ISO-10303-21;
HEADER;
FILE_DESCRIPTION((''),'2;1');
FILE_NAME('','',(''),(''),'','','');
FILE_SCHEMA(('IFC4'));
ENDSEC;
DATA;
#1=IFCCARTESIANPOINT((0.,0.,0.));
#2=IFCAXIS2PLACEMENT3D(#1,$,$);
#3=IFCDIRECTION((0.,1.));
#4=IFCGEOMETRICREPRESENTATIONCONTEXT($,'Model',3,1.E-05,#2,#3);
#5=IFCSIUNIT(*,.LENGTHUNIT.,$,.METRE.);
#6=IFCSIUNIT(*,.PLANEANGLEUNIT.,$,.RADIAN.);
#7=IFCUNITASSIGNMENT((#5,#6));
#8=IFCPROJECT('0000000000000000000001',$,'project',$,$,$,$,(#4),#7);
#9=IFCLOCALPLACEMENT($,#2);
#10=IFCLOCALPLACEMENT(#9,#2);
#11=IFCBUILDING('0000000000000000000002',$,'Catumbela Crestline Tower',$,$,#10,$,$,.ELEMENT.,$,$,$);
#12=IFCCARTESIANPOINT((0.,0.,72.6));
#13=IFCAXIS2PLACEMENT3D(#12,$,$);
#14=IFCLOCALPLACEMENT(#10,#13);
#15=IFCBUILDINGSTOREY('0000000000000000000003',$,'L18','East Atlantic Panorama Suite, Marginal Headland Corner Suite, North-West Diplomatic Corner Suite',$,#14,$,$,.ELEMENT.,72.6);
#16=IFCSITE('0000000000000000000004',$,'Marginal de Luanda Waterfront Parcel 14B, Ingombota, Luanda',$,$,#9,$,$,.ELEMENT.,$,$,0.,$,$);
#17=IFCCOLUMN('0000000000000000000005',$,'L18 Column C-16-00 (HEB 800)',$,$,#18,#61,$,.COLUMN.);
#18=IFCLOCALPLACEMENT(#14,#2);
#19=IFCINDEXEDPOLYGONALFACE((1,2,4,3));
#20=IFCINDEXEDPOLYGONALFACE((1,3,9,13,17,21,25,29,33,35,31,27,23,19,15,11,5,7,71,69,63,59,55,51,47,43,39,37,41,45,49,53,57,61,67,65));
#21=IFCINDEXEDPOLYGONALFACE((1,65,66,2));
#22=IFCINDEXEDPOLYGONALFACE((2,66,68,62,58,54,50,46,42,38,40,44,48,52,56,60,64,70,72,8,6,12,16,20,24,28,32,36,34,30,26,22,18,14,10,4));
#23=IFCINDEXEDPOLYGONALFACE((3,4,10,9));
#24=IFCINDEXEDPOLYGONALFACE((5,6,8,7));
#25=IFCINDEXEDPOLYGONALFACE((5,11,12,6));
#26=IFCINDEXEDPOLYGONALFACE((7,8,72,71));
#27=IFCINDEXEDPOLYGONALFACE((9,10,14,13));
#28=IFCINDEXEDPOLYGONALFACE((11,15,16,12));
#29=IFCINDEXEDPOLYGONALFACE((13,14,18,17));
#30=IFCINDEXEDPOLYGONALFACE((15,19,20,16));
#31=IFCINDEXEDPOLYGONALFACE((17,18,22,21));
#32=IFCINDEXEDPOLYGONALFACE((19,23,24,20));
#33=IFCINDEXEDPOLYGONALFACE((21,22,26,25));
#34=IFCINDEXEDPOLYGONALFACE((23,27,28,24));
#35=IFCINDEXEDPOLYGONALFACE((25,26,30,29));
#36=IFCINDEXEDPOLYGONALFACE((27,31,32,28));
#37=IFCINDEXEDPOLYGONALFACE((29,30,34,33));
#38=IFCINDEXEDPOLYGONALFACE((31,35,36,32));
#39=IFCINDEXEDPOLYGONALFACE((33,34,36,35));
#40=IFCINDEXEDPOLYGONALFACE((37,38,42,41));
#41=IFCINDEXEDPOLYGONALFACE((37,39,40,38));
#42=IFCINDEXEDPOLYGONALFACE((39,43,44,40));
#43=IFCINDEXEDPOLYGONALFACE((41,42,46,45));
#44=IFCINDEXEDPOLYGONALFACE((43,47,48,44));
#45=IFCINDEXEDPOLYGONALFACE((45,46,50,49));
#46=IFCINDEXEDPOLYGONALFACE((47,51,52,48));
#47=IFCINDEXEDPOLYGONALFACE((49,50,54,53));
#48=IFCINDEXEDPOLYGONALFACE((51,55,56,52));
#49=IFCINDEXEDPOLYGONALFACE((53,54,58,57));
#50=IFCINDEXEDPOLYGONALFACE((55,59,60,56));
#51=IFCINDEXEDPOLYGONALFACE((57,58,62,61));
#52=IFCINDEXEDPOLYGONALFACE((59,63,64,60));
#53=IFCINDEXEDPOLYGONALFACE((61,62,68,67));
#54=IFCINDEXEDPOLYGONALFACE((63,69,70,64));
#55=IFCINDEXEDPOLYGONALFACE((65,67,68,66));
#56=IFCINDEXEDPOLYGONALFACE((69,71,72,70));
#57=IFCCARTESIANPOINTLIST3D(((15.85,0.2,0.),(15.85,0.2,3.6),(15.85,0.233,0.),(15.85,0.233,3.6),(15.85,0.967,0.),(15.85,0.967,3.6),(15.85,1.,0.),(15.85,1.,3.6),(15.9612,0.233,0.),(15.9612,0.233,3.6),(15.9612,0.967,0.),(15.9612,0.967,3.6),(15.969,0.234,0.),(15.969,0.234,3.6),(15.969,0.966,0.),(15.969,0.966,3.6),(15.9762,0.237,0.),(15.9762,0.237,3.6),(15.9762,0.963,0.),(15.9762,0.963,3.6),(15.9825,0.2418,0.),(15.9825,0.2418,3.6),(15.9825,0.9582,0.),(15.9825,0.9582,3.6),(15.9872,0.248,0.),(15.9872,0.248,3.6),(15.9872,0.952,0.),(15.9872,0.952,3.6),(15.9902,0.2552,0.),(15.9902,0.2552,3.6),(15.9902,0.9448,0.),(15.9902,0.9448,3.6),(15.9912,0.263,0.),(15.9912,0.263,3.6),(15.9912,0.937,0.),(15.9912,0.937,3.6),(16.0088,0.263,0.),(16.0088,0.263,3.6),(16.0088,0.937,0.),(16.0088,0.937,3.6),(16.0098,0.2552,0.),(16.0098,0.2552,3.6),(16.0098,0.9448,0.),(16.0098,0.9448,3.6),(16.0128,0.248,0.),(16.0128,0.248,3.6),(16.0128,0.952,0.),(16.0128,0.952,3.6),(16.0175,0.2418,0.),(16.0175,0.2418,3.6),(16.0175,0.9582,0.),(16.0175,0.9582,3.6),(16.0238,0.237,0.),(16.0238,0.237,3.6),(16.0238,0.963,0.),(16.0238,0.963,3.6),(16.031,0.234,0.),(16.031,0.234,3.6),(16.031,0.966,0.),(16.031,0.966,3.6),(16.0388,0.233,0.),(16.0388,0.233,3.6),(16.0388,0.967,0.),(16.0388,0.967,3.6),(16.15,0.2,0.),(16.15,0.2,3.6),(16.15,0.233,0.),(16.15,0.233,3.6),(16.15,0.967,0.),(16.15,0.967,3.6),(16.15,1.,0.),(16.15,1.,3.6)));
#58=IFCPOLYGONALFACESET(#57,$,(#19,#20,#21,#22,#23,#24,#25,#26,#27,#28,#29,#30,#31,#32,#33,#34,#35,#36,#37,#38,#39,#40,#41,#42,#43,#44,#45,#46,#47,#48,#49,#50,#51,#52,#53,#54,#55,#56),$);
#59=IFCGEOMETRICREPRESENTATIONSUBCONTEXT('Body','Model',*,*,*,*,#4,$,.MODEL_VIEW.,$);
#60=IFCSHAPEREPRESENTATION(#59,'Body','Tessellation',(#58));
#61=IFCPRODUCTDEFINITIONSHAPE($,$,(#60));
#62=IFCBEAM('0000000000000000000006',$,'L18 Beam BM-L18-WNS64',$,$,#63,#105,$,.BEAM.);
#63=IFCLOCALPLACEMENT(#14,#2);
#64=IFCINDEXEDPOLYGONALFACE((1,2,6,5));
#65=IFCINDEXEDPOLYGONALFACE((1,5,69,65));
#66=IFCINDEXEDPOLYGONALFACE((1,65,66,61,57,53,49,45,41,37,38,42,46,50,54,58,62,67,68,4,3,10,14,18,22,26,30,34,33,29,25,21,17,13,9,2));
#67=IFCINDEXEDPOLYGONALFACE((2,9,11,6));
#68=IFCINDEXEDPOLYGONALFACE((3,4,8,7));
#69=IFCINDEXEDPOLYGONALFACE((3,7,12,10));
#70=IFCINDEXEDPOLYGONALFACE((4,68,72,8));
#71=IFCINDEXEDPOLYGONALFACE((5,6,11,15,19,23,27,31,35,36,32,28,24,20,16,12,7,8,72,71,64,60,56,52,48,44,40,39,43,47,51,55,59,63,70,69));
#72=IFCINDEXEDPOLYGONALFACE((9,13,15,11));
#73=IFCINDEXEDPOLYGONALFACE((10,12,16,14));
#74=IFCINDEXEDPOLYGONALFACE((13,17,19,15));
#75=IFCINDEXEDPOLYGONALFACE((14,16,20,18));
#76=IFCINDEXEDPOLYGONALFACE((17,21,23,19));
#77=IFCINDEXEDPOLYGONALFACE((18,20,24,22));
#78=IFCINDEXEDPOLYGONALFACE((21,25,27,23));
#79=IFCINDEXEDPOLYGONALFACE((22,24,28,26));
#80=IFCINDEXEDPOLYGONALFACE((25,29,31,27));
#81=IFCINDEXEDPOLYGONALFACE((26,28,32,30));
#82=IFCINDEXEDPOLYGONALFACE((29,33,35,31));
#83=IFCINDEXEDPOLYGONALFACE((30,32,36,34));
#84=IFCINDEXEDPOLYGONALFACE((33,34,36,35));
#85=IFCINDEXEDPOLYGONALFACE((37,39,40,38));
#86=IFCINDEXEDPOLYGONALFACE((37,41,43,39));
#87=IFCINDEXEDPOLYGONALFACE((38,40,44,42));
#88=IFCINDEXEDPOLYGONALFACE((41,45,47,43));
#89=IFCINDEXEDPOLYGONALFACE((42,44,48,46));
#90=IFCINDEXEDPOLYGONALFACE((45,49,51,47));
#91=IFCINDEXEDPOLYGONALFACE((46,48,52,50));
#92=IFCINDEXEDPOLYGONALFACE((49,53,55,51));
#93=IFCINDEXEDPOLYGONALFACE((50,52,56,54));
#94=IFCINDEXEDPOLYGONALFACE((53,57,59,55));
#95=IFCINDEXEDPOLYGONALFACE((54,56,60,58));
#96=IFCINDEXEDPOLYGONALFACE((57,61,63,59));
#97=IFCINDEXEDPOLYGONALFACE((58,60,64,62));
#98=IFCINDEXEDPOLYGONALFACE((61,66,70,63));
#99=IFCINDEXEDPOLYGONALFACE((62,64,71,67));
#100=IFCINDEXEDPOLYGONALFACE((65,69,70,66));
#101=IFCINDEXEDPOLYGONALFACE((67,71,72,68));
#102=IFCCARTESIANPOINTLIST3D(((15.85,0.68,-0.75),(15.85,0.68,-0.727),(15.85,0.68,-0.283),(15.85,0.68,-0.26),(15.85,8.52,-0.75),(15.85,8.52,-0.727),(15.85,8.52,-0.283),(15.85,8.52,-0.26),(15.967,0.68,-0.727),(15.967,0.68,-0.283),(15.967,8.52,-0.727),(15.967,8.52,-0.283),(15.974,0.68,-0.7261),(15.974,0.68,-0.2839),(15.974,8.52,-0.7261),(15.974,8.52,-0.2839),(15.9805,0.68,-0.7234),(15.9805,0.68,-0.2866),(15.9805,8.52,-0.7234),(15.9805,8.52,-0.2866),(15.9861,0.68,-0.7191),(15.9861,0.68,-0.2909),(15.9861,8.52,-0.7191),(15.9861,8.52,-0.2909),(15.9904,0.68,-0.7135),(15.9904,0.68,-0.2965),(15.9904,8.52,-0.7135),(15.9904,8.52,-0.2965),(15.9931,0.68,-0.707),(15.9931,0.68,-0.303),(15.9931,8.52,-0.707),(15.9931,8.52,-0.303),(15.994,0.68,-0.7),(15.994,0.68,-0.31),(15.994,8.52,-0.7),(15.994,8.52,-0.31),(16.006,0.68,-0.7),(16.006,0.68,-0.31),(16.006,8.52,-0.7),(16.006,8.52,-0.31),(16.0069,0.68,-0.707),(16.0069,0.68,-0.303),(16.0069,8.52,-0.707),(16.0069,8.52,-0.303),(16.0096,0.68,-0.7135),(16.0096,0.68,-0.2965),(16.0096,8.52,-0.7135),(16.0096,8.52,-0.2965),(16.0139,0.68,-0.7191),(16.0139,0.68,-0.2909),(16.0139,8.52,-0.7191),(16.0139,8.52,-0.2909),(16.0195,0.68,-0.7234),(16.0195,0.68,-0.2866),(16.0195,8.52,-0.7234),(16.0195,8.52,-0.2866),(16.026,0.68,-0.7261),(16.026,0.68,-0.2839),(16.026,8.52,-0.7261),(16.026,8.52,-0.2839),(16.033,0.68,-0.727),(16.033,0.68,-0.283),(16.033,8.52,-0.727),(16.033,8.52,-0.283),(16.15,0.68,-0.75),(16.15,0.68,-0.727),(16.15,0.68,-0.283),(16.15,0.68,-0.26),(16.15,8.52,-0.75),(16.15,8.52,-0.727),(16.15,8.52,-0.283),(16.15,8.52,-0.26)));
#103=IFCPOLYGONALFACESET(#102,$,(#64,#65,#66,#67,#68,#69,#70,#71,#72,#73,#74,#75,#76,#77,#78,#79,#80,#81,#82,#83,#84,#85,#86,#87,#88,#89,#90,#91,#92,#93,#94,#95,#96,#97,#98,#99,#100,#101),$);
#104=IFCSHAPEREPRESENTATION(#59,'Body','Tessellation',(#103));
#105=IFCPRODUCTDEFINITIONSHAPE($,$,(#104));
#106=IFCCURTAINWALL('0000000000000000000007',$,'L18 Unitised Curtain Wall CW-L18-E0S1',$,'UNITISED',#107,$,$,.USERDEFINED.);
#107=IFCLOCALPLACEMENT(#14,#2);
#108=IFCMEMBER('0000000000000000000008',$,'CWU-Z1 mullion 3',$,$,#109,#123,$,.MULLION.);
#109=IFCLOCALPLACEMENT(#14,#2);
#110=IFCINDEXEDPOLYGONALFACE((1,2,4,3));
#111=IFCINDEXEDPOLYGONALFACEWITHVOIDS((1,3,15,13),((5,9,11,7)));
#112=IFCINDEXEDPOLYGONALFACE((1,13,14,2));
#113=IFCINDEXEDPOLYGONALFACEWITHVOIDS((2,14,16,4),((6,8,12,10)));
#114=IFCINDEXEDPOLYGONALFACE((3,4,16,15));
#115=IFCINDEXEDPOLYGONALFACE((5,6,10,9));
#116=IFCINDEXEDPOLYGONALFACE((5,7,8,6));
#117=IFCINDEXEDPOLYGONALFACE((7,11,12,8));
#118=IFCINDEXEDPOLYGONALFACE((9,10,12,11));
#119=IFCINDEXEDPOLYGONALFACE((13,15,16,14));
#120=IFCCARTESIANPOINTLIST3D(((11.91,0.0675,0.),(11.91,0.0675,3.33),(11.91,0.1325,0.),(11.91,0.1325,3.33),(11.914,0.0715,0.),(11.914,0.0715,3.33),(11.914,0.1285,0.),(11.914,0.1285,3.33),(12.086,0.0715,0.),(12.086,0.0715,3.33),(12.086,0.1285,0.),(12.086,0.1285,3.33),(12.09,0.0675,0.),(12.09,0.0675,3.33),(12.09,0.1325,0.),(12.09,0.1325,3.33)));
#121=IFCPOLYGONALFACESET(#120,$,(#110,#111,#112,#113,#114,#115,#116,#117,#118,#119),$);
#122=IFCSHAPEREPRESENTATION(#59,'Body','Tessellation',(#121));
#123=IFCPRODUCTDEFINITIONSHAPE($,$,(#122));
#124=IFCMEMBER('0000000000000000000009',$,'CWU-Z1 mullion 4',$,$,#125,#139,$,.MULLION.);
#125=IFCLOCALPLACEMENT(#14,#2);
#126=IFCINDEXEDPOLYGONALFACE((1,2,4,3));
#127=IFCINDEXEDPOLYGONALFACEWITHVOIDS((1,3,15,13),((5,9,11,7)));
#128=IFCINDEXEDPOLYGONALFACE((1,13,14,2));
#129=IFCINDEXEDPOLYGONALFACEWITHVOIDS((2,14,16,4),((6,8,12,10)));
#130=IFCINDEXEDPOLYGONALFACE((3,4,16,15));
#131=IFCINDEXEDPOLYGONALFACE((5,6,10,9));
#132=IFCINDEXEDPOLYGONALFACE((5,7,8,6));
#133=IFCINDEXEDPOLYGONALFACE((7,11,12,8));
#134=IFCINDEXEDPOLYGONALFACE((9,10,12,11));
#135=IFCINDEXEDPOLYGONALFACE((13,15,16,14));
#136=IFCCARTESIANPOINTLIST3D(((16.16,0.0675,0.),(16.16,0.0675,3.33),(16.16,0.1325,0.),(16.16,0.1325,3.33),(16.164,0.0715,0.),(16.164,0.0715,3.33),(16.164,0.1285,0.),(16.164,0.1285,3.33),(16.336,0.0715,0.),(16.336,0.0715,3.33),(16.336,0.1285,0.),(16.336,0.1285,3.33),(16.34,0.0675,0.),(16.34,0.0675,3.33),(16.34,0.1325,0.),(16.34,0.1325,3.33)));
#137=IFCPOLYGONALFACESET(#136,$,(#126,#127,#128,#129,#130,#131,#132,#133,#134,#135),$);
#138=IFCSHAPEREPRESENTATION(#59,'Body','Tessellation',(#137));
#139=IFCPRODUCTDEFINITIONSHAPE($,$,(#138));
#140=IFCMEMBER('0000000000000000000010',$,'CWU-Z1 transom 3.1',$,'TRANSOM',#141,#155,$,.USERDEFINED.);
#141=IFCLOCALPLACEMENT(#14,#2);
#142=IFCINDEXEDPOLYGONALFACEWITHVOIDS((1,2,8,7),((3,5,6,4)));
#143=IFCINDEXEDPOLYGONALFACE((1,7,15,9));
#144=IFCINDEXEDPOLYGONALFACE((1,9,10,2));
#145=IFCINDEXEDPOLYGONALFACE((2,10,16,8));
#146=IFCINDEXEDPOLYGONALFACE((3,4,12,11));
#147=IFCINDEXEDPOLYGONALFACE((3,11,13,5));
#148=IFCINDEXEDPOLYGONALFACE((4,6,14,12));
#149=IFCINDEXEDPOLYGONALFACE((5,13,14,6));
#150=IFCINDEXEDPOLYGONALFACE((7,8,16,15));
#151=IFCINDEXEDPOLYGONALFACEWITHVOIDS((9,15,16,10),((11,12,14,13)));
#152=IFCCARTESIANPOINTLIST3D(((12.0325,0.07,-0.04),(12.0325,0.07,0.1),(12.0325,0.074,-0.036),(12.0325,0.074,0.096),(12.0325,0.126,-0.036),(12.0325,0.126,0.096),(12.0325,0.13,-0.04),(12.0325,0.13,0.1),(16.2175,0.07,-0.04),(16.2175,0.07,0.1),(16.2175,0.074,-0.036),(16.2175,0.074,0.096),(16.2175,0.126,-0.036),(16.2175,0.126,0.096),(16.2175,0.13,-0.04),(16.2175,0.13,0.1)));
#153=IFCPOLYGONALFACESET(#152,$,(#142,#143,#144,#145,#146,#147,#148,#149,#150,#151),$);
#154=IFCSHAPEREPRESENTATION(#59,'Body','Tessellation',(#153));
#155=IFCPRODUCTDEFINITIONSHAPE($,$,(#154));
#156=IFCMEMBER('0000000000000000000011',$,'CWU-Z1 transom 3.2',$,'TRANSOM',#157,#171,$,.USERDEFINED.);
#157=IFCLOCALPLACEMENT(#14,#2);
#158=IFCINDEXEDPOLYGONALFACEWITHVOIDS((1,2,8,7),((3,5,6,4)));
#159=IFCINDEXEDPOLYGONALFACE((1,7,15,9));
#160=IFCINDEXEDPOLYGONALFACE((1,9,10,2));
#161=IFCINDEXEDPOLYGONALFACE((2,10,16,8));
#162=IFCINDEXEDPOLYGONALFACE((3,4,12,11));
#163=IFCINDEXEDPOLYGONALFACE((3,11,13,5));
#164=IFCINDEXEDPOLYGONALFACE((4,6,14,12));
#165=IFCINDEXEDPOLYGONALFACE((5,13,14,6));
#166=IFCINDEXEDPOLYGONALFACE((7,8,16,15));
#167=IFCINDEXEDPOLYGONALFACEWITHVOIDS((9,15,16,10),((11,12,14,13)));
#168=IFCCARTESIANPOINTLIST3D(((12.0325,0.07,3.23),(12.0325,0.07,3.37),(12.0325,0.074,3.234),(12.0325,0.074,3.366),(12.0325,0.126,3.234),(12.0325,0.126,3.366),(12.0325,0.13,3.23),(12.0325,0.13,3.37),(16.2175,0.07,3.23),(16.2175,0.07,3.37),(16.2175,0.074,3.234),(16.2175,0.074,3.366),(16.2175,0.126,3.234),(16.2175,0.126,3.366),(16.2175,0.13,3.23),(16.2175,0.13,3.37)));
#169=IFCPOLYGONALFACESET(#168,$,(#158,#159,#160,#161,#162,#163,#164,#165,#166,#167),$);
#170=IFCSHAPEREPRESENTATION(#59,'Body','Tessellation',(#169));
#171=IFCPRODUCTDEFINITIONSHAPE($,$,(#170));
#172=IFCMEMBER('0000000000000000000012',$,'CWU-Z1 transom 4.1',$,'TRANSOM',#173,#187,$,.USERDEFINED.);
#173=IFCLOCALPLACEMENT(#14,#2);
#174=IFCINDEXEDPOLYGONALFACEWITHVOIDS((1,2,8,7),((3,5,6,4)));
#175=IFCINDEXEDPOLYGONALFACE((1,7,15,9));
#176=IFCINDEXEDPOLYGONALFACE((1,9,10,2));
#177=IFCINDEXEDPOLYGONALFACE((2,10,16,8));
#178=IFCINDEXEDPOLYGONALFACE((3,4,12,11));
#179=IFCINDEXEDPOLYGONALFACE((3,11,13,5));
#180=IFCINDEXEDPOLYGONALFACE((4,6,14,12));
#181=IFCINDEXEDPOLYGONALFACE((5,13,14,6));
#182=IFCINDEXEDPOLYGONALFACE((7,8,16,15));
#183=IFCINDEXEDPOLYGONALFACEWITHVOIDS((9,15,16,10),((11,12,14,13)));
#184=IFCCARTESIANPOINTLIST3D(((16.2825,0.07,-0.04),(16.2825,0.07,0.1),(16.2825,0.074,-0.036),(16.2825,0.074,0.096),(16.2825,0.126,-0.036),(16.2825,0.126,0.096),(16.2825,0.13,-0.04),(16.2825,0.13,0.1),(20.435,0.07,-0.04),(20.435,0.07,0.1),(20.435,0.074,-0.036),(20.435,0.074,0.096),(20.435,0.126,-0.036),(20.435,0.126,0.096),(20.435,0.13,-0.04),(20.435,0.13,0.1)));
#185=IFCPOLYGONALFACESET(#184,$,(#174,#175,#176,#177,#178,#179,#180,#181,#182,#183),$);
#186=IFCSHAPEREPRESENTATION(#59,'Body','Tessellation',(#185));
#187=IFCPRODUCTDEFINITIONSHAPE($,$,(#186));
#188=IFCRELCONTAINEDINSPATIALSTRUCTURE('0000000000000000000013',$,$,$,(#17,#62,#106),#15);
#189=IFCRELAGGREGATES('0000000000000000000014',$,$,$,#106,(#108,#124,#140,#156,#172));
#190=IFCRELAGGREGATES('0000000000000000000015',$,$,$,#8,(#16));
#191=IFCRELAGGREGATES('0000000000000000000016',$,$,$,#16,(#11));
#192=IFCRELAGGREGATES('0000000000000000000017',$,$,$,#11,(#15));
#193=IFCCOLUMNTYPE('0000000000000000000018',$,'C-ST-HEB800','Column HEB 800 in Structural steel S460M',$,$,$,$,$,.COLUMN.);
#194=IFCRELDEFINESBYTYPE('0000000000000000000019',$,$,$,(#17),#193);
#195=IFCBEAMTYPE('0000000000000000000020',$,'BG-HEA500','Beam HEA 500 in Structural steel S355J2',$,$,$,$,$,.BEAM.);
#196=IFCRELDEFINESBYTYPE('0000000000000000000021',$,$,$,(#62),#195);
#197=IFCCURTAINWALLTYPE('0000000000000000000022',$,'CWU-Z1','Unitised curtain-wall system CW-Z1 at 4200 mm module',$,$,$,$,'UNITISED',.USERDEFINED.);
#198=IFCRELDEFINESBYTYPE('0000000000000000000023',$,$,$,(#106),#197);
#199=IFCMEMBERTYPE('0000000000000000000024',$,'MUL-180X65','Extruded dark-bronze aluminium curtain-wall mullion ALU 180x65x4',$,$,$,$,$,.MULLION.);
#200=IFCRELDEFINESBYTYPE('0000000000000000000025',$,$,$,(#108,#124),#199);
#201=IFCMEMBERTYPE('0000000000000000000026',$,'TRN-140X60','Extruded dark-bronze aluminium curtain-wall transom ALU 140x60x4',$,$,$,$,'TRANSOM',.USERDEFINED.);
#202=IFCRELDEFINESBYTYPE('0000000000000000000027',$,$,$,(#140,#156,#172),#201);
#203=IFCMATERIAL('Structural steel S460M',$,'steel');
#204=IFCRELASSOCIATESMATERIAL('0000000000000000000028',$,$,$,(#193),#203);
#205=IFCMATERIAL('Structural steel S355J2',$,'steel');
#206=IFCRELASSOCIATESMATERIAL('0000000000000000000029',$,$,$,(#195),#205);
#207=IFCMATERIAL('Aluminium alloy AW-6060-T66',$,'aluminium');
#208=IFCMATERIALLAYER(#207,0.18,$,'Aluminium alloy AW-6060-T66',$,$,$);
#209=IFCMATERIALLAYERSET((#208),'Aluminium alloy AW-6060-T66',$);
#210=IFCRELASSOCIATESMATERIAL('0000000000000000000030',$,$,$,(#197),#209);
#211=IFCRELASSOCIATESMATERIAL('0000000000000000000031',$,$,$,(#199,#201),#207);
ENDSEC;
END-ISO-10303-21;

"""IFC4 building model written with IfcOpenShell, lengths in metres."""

from ifc_helpers import new_model, si_unit, direction, frame, origin, origin_2d, place, context, subcontext, project, spatial, hollow_rectangle, i_section, extrude, material, layer, layer_set, material_profile, profile_set, type_object, element, aggregate, save


model = new_model("IFC4")

# Units and contexts
model_context = context("Model", 3, precision=1e-05, world=origin(), true_north=direction((0.0, 1.0)))
body_context = subcontext(model_context, "Body", "Model", "MODEL_VIEW")
ifc_project = project(units=[si_unit("LENGTHUNIT", "METRE"), si_unit("PLANEANGLEUNIT", "RADIAN")], contexts=[model_context])

# Site, building, storey
site_placement = place(None, origin())
site = spatial("IfcSite", under=ifc_project, at=site_placement, Name="Marginal de Luanda Waterfront Parcel 14B, Ingombota, Luanda", CompositionType="ELEMENT", RefElevation=0.0)
building_placement = place(site_placement, origin())
building = spatial("IfcBuilding", under=site, at=building_placement, Name="Catumbela Crestline Tower", CompositionType="ELEMENT")
storey_placement = place(building_placement, frame((0.0, 0.0, 72.6)))
storey = spatial("IfcBuildingStorey", under=building, at=storey_placement, Name="L18", Description="East Atlantic Panorama Suite, Marginal Headland Corner Suite, North-West Diplomatic Corner Suite", CompositionType="ELEMENT", Elevation=72.6)

# Column
ifc_material_1 = material(Name="Structural steel S460M", Category="steel")
ifc_material_profile_1 = material_profile(ifc_material_1, i_section(OverallWidth=0.3, OverallDepth=0.8, WebThickness=0.0175, FlangeThickness=0.033, FilletRadius=0.03, at=origin_2d()), Name="HEB 800")
ifc_profile_set_1 = profile_set([ifc_material_profile_1], Name="Structural steel S460M")
column_type = type_object("IfcColumnType", Name="C-ST-HEB800", Description="Column HEB 800 in Structural steel S460M", PredefinedType="COLUMN", material=ifc_profile_set_1)
column_placement = place(storey_placement, frame((16.0, 0.6, 0.0), z_axis=(0.0, 0.0, 1.0), x_axis=(1.0, 0.0, 0.0)))
element("IfcColumn", 1, at=column_placement, inside=storey, type_object=column_type, Name="L18 Column C-16-00 (HEB 800)", PredefinedType="COLUMN", context=body_context, shape_type="SweptSolid", body=[
    extrude(i_section(OverallWidth=0.3, OverallDepth=0.8, WebThickness=0.0175, FlangeThickness=0.033, FilletRadius=0.03, at=origin_2d()), origin(), (0.0, 0.0, 1.0), 3.6),
])

# Beam
ifc_material_2 = material(Name="Structural steel S355J2", Category="steel")
ifc_material_profile_2 = material_profile(ifc_material_2, i_section(OverallWidth=0.3, OverallDepth=0.49, WebThickness=0.012, FlangeThickness=0.023, FilletRadius=0.027, at=origin_2d()), Name="HEA 500")
ifc_profile_set_2 = profile_set([ifc_material_profile_2], Name="Structural steel S355J2")
beam_type = type_object("IfcBeamType", Name="BG-HEA500", Description="Beam HEA 500 in Structural steel S355J2", PredefinedType="BEAM", material=ifc_profile_set_2)
beam_placement = place(storey_placement, frame((16.0, 0.68, -0.505), z_axis=(0.0, 1.0, 0.0), x_axis=(-1.0, 0.0, 0.0)))
element("IfcBeam", 2, at=beam_placement, inside=storey, type_object=beam_type, Name="L18 Beam BM-L18-WNS64", PredefinedType="BEAM", context=body_context, shape_type="SweptSolid", body=[
    extrude(i_section(OverallWidth=0.3, OverallDepth=0.49, WebThickness=0.012, FlangeThickness=0.023, FilletRadius=0.027, at=origin_2d()), origin(), (0.0, 0.0, 1.0), 7.84),
])

# Curtain wall, members
ifc_material_3 = material(Name="Aluminium alloy AW-6060-T66", Category="aluminium")
ifc_layer_1 = layer(ifc_material_3, 0.18, Name="Aluminium alloy AW-6060-T66")
ifc_layer_set_1 = layer_set([ifc_layer_1], Name="Aluminium alloy AW-6060-T66")
curtain_wall_type = type_object("IfcCurtainWallType", Name="CWU-Z1", Description="Unitised curtain-wall system CW-Z1 at 4200 mm module", ElementType="UNITISED", PredefinedType="USERDEFINED", material=ifc_layer_set_1)
curtain_wall_placement = place(storey_placement, origin())
curtain_wall = element("IfcCurtainWall", 3, at=curtain_wall_placement, inside=storey, type_object=curtain_wall_type, Name="L18 Unitised Curtain Wall CW-L18-E0S1", ObjectType="UNITISED", PredefinedType="USERDEFINED")
ifc_material_profile_3 = material_profile(ifc_material_3, hollow_rectangle(XDim=0.065, YDim=0.18, WallThickness=0.004, at=origin_2d()), Name="ALU 180x65x4")
ifc_profile_set_3 = profile_set([ifc_material_profile_3], Name="Aluminium alloy AW-6060-T66")
member_type_1 = type_object("IfcMemberType", Name="MUL-180X65", Description="Extruded dark-bronze aluminium curtain-wall mullion ALU 180x65x4", PredefinedType="MULLION", material=ifc_profile_set_3)
member_1_placement = place(storey_placement, frame((12.0, 0.1, 0.0), z_axis=(0.0, 0.0, 1.0), x_axis=(0.0, 1.0, 0.0)))
member_1 = element("IfcMember", 4, at=member_1_placement, type_object=member_type_1, Name="CWU-Z1 mullion 3", PredefinedType="MULLION", context=body_context, shape_type="SweptSolid", body=[
    extrude(hollow_rectangle(XDim=0.065, YDim=0.18, WallThickness=0.004, at=origin_2d()), origin(), (0.0, 0.0, 1.0), 3.33),
])
member_2_placement = place(storey_placement, frame((16.25, 0.1, 0.0), z_axis=(0.0, 0.0, 1.0), x_axis=(0.0, 1.0, 0.0)))
member_2 = element("IfcMember", 5, at=member_2_placement, type_object=member_type_1, Name="CWU-Z1 mullion 4", PredefinedType="MULLION", context=body_context, shape_type="SweptSolid", body=[
    extrude(hollow_rectangle(XDim=0.065, YDim=0.18, WallThickness=0.004, at=origin_2d()), origin(), (0.0, 0.0, 1.0), 3.33),
])
ifc_material_profile_4 = material_profile(ifc_material_3, hollow_rectangle(XDim=0.06, YDim=0.14, WallThickness=0.004, at=origin_2d()), Name="ALU 140x60x4")
ifc_profile_set_4 = profile_set([ifc_material_profile_4], Name="Aluminium alloy AW-6060-T66")
member_type_2 = type_object("IfcMemberType", Name="TRN-140X60", Description="Extruded dark-bronze aluminium curtain-wall transom ALU 140x60x4", ElementType="TRANSOM", PredefinedType="USERDEFINED", material=ifc_profile_set_4)
member_3_placement = place(storey_placement, frame((12.0325, 0.1, 0.03), z_axis=(1.0, 0.0, 0.0), x_axis=(0.0, 1.0, 0.0)))
member_3 = element("IfcMember", 6, at=member_3_placement, type_object=member_type_2, Name="CWU-Z1 transom 3.1", ObjectType="TRANSOM", PredefinedType="USERDEFINED", context=body_context, shape_type="SweptSolid", body=[
    extrude(hollow_rectangle(XDim=0.06, YDim=0.14, WallThickness=0.004, at=origin_2d()), origin(), (0.0, 0.0, 1.0), 4.185),
])
member_4_placement = place(storey_placement, frame((12.0325, 0.1, 3.3), z_axis=(1.0, 0.0, 0.0), x_axis=(0.0, 1.0, 0.0)))
member_4 = element("IfcMember", 7, at=member_4_placement, type_object=member_type_2, Name="CWU-Z1 transom 3.2", ObjectType="TRANSOM", PredefinedType="USERDEFINED", context=body_context, shape_type="SweptSolid", body=[
    extrude(hollow_rectangle(XDim=0.06, YDim=0.14, WallThickness=0.004, at=origin_2d()), origin(), (0.0, 0.0, 1.0), 4.185),
])
member_5_placement = place(storey_placement, frame((16.2825, 0.1, 0.03), z_axis=(1.0, 0.0, 0.0), x_axis=(0.0, 1.0, 0.0)))
member_5 = element("IfcMember", 8, at=member_5_placement, type_object=member_type_2, Name="CWU-Z1 transom 4.1", ObjectType="TRANSOM", PredefinedType="USERDEFINED", context=body_context, shape_type="SweptSolid", body=[
    extrude(hollow_rectangle(XDim=0.06, YDim=0.14, WallThickness=0.004, at=origin_2d()), origin(), (0.0, 0.0, 1.0), 4.1525),
])
aggregate(curtain_wall, [member_1, member_2, member_3, member_4, member_5])

save(model, "model.ifc")
